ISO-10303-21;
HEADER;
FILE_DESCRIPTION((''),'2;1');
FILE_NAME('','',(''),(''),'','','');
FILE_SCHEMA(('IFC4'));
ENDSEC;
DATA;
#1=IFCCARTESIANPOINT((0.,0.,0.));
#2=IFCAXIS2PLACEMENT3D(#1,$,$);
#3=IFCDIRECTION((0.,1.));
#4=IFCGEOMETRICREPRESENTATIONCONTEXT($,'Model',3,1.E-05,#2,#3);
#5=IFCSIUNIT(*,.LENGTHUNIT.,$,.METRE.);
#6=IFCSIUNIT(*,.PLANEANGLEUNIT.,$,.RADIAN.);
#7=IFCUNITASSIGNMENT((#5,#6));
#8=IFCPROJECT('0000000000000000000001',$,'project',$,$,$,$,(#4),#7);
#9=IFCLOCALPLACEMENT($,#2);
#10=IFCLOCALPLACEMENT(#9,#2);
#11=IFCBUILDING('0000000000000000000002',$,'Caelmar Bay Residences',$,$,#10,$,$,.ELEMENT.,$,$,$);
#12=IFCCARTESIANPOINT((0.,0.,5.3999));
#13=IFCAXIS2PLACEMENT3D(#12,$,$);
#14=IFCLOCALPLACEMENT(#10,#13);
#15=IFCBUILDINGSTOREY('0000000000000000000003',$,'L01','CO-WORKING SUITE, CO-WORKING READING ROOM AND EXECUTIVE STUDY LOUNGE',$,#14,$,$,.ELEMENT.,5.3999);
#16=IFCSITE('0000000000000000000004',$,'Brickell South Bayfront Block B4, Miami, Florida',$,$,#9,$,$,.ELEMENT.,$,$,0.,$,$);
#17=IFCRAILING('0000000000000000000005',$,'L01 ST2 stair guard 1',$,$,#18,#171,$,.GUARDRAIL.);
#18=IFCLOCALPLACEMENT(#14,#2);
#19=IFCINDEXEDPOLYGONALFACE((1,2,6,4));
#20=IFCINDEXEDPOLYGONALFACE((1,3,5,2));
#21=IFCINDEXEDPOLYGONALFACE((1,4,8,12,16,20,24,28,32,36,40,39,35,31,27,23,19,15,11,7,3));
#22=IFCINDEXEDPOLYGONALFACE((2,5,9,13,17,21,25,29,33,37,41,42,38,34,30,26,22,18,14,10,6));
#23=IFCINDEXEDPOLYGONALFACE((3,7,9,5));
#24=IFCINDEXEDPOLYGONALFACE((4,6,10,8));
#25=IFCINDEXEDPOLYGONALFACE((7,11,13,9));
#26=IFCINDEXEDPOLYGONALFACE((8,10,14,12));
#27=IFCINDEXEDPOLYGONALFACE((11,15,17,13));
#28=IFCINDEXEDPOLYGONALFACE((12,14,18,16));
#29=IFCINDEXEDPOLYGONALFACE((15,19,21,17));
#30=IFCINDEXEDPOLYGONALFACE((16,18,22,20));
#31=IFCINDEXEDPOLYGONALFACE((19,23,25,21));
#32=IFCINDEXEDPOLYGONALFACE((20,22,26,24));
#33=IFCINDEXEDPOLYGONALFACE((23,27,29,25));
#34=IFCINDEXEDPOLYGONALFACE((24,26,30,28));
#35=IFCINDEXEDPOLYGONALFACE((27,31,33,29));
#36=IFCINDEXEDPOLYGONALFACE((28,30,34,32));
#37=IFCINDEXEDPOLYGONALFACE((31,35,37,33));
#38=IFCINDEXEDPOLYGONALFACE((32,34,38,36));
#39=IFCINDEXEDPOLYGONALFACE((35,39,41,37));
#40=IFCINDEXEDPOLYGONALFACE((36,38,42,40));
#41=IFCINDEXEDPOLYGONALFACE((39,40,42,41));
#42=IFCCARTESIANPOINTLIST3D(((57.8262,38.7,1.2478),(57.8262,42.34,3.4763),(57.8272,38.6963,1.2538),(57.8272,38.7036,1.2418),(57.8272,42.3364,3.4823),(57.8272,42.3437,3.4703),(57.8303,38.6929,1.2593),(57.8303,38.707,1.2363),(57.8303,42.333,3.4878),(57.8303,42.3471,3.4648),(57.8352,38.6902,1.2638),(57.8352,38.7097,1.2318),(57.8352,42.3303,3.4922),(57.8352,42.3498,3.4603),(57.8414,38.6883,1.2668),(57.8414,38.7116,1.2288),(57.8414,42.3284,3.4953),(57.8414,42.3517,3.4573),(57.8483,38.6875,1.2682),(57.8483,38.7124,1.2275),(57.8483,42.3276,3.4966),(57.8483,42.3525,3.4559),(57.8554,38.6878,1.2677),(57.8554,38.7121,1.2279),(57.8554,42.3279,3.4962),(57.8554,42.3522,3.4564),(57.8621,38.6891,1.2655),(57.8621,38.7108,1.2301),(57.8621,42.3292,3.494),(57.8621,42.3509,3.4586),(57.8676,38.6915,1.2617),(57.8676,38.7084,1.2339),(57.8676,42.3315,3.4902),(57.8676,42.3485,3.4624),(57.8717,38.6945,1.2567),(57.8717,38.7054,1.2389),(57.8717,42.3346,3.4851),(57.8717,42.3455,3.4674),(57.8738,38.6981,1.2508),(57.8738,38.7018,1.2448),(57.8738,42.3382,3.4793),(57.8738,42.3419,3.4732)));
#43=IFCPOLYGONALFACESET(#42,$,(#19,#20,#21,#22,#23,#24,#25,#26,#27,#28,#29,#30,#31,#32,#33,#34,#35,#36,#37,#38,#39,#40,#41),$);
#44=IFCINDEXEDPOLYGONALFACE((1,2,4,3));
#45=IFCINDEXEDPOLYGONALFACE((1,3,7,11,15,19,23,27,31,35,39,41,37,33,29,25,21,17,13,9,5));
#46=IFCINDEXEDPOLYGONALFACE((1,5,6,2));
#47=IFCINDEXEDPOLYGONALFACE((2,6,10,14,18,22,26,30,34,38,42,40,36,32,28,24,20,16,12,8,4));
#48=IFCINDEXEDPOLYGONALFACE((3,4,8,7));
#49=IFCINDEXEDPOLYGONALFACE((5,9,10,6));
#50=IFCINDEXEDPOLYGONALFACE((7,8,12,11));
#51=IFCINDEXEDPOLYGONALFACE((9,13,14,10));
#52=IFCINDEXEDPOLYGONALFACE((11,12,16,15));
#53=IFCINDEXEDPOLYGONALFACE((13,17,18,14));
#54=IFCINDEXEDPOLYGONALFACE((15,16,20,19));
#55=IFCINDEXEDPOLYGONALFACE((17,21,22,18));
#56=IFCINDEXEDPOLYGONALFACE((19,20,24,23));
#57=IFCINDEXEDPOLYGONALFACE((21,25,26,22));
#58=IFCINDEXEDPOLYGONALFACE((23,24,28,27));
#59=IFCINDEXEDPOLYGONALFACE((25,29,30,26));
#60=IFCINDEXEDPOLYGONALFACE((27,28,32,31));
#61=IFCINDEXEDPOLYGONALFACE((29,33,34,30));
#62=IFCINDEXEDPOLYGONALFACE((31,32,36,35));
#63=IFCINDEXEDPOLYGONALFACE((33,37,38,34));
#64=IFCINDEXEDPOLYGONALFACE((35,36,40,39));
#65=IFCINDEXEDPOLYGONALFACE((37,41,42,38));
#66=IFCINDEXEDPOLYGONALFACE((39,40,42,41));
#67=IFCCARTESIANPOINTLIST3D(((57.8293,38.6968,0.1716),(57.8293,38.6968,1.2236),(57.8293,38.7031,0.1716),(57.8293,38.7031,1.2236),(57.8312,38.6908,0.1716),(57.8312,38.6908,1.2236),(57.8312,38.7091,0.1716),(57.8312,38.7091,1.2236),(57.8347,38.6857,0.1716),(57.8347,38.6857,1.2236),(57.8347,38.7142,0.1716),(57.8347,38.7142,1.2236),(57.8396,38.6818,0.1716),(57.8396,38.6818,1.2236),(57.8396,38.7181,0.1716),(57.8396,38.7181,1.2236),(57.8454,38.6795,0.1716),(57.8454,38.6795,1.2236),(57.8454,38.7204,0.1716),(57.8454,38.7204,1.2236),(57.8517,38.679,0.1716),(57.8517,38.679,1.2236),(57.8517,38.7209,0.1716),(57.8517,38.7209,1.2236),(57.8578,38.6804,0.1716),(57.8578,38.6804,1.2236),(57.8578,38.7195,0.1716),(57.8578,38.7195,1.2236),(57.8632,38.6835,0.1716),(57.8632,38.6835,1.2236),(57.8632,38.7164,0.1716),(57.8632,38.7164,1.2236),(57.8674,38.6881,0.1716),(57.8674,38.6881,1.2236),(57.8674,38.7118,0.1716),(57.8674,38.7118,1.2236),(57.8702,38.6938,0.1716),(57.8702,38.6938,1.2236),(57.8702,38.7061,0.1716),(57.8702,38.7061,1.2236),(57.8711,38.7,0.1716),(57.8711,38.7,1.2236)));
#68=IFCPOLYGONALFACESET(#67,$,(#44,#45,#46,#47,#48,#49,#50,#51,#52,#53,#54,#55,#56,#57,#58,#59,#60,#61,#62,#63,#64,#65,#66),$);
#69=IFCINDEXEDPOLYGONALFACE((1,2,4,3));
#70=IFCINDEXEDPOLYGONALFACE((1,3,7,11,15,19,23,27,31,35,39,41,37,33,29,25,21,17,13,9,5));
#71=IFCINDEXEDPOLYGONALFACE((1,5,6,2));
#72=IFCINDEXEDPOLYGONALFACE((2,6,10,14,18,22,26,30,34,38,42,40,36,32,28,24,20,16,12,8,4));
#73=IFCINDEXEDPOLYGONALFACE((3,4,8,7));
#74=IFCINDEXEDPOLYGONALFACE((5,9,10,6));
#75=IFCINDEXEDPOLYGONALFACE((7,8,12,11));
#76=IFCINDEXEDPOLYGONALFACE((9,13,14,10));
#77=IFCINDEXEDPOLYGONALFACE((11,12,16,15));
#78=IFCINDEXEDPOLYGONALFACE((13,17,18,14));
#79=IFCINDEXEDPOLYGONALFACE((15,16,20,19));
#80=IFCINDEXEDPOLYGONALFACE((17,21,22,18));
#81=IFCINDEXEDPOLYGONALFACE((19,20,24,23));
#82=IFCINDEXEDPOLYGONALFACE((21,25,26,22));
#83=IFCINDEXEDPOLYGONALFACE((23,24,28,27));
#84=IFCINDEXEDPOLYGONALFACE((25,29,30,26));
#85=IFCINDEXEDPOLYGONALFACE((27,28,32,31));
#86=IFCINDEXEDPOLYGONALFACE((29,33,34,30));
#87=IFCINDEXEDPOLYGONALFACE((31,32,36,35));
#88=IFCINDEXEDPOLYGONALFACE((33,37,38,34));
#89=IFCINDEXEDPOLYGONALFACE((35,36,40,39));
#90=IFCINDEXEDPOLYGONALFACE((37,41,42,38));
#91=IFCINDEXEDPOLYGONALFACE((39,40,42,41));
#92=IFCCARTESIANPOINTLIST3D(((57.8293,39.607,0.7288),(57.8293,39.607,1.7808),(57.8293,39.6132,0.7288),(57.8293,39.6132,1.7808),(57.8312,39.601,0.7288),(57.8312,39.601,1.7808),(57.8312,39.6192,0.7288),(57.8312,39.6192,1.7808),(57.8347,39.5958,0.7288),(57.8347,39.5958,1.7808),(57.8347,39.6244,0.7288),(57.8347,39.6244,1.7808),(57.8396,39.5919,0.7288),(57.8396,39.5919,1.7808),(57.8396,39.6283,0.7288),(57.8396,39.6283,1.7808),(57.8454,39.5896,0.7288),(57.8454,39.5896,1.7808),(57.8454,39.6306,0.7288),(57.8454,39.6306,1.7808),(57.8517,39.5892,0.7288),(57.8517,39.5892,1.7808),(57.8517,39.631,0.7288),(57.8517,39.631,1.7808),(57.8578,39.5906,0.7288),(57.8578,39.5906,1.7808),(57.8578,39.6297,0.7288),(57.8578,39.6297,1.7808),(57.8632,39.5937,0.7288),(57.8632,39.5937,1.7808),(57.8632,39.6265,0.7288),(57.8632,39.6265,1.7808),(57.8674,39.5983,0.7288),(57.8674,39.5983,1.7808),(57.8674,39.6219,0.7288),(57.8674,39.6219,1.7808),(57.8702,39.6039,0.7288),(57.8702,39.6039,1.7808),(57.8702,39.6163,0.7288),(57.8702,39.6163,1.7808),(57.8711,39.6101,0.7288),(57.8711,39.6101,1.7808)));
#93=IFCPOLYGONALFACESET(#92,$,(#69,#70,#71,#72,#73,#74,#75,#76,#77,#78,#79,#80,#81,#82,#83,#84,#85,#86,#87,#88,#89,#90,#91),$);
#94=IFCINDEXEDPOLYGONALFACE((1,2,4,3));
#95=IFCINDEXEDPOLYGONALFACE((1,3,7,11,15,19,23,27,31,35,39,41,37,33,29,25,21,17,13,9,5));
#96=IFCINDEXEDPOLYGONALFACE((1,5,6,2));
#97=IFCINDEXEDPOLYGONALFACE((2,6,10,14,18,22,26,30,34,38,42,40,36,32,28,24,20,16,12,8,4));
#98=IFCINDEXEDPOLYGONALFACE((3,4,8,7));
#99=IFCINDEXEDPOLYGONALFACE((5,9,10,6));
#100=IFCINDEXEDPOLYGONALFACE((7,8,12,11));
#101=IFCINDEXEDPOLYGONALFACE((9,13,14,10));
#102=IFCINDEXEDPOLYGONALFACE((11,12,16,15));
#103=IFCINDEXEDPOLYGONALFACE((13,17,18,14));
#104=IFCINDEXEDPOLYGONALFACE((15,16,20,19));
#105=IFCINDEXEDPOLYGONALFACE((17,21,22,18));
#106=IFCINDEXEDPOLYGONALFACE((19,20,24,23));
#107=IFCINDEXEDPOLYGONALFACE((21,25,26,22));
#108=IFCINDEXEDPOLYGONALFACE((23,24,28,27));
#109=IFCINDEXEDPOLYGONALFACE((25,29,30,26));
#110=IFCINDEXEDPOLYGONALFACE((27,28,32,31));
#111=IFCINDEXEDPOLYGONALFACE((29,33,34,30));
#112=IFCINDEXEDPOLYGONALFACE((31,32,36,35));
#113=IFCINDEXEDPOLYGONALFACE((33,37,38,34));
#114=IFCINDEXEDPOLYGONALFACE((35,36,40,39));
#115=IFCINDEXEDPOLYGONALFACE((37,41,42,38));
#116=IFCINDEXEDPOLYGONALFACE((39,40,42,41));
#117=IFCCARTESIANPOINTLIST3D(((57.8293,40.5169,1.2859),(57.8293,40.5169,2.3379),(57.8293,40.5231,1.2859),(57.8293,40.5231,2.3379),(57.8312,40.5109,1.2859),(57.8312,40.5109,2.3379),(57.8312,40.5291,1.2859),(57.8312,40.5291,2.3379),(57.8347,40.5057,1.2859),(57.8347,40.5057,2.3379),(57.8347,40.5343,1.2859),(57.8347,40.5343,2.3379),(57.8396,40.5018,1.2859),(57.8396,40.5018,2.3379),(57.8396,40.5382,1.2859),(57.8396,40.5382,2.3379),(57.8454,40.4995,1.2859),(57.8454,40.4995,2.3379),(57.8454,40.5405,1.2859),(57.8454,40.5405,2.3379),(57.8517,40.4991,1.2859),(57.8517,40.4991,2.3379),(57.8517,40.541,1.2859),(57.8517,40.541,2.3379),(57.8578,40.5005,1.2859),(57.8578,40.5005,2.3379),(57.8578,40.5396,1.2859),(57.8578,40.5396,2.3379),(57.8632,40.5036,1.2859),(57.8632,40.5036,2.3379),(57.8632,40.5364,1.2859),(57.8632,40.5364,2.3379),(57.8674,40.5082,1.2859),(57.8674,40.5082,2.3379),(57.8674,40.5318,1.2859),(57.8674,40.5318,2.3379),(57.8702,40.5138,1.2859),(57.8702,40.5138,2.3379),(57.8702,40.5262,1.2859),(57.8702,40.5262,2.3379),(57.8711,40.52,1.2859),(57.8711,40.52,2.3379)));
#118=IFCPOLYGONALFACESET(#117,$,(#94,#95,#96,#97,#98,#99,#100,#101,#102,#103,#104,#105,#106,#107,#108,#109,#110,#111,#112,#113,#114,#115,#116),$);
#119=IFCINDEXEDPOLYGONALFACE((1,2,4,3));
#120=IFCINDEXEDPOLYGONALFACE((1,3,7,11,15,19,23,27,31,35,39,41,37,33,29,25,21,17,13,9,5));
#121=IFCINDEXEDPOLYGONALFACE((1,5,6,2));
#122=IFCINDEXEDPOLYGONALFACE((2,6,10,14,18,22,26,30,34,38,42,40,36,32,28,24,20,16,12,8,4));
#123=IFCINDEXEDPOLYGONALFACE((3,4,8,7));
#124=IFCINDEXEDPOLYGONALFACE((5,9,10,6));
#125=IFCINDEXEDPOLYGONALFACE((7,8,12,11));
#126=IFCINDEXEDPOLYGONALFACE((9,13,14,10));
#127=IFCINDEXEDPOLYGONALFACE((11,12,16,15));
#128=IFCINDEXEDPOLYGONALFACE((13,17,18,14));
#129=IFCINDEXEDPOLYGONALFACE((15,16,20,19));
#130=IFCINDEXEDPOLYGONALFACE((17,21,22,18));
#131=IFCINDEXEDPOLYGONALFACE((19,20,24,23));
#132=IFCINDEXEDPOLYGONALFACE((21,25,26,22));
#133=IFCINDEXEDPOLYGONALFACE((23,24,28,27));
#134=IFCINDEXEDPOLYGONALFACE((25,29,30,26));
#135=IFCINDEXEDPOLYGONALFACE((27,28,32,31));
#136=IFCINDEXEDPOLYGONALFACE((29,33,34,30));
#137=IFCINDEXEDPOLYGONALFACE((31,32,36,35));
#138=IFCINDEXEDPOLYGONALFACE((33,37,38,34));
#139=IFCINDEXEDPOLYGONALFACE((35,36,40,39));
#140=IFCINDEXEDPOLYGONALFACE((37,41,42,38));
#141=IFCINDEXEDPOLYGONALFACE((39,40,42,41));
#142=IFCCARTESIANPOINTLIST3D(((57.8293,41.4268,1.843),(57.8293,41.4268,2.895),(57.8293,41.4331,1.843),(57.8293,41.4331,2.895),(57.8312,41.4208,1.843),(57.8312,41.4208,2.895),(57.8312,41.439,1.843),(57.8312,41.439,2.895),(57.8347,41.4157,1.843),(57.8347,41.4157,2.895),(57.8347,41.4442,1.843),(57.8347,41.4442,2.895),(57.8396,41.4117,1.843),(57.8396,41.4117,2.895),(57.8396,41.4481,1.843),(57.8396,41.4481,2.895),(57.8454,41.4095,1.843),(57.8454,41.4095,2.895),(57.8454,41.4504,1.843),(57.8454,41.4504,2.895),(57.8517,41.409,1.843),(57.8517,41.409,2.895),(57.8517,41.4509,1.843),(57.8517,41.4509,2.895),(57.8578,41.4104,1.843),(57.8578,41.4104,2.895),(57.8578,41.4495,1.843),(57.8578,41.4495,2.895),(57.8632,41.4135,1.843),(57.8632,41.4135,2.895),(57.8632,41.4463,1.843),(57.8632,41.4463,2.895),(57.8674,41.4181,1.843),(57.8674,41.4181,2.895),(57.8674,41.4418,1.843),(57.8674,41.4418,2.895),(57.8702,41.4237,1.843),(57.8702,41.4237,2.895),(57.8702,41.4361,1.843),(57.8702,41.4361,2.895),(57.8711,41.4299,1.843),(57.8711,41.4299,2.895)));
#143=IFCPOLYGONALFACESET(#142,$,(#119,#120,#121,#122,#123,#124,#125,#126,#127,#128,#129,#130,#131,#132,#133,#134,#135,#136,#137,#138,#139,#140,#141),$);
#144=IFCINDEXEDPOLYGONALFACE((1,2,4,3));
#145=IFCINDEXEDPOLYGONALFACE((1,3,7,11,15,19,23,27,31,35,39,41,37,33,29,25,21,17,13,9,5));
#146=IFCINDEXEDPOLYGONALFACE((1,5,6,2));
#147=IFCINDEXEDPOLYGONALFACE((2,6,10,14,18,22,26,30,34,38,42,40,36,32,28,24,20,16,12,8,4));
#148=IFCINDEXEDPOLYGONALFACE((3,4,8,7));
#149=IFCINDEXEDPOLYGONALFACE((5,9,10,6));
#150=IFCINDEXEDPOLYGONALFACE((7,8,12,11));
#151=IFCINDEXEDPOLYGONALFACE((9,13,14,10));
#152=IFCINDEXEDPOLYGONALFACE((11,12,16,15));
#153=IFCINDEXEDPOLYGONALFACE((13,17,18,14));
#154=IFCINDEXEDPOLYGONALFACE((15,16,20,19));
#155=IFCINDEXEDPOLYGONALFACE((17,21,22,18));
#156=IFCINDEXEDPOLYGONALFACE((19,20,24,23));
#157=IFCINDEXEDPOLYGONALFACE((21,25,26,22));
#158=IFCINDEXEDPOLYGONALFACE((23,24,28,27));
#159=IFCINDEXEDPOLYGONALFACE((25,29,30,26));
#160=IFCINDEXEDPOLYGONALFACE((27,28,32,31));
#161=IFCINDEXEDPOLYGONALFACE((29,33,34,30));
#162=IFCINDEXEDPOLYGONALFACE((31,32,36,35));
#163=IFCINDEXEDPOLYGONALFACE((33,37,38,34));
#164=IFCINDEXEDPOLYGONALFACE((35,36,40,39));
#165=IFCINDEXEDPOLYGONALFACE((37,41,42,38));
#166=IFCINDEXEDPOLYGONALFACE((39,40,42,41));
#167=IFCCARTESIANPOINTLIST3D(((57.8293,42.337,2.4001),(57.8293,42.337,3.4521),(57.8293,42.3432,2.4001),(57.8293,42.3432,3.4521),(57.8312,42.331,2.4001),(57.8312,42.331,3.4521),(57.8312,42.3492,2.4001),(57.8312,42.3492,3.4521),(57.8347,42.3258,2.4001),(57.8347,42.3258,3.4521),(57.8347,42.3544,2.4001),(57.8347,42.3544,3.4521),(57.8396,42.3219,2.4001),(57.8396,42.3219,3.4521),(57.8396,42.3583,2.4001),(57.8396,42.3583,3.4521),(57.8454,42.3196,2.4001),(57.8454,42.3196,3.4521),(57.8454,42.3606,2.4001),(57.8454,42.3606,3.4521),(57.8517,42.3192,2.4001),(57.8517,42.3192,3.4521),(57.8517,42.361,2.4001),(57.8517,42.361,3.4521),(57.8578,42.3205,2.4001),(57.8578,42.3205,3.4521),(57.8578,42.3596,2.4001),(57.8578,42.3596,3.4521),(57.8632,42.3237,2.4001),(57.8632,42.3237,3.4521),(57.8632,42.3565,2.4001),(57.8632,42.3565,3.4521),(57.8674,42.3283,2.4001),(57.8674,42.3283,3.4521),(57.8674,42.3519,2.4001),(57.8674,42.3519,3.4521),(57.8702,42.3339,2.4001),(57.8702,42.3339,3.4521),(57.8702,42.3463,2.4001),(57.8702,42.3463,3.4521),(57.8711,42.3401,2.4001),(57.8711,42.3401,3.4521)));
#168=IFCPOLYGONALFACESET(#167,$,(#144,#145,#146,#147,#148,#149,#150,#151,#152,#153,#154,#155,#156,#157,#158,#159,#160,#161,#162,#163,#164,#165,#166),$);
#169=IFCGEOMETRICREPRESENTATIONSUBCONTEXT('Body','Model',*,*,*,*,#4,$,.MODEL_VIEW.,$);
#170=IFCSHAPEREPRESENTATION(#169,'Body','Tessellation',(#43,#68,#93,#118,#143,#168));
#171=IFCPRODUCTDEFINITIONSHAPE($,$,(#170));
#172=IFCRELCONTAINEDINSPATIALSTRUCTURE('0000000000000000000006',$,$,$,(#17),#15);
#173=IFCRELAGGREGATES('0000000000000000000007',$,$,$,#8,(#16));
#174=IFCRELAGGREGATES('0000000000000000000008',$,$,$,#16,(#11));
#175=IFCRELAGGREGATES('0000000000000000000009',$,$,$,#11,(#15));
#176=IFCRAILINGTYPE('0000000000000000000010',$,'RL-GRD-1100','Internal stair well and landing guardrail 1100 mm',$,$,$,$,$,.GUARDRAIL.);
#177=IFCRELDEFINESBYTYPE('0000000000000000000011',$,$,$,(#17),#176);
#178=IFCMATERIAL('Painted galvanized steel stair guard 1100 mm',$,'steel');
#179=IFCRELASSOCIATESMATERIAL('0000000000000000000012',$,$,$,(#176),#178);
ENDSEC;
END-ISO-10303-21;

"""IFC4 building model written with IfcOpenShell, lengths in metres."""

from ifc_helpers import new_model, si_unit, direction, frame, origin, origin_2d, place, context, subcontext, project, spatial, circle, extrude, material, type_object, element, save


model = new_model("IFC4")

# Units and contexts
model_context = context("Model", 3, precision=1e-05, world=origin(), true_north=direction((0.0, 1.0)))
body_context = subcontext(model_context, "Body", "Model", "MODEL_VIEW")
ifc_project = project(units=[si_unit("LENGTHUNIT", "METRE"), si_unit("PLANEANGLEUNIT", "RADIAN")], contexts=[model_context])

# Site, building, storey
site_placement = place(None, origin())
site = spatial("IfcSite", under=ifc_project, at=site_placement, Name="Brickell South Bayfront Block B4, Miami, Florida", CompositionType="ELEMENT", RefElevation=0.0)
building_placement = place(site_placement, origin())
building = spatial("IfcBuilding", under=site, at=building_placement, Name="Caelmar Bay Residences", CompositionType="ELEMENT")
storey_placement = place(building_placement, frame((0.0, 0.0, 5.3999)))
storey = spatial("IfcBuildingStorey", under=building, at=storey_placement, Name="L01", Description="CO-WORKING SUITE, CO-WORKING READING ROOM AND EXECUTIVE STUDY LOUNGE", CompositionType="ELEMENT", Elevation=5.3999)

# Railing
ifc_material_1 = material(Name="Painted galvanized steel stair guard 1100 mm", Category="steel")
railing_type_1 = type_object("IfcRailingType", Name="RL-GRD-1100", Description="Internal stair well and landing guardrail 1100 mm", PredefinedType="GUARDRAIL", material=ifc_material_1)
railing_1_placement = place(storey_placement, frame((57.8501, 38.7, 0.1716)))
element("IfcRailing", 1, at=railing_1_placement, inside=storey, type_object=railing_type_1, Name="L01 ST2 stair guard 1", PredefinedType="GUARDRAIL", context=body_context, shape_type="SweptSolid", body=[
    extrude(circle(Radius=0.0239, at=origin_2d()), frame((0.0, 0.0, 1.0762), z_axis=(0.0, 0.852866, 0.52213), x_axis=(-1.0, 0.0, 0.0)), (0.0, 0.0, 1.0), 4.2681),
    extrude(circle(Radius=0.021, at=origin_2d()), origin(), (0.0, 0.0, 1.0), 1.052),
    extrude(circle(Radius=0.021, at=origin_2d()), frame((0.0, 0.9102, 0.5571)), (0.0, 0.0, 1.0), 1.052),
    extrude(circle(Radius=0.021, at=origin_2d()), frame((0.0, 1.8201, 1.1143)), (0.0, 0.0, 1.0), 1.052),
    extrude(circle(Radius=0.021, at=origin_2d()), frame((0.0, 2.73, 1.6714)), (0.0, 0.0, 1.0), 1.052),
    extrude(circle(Radius=0.021, at=origin_2d()), frame((0.0, 3.6401, 2.2285)), (0.0, 0.0, 1.0), 1.052),
])

save(model, "model.ifc")
